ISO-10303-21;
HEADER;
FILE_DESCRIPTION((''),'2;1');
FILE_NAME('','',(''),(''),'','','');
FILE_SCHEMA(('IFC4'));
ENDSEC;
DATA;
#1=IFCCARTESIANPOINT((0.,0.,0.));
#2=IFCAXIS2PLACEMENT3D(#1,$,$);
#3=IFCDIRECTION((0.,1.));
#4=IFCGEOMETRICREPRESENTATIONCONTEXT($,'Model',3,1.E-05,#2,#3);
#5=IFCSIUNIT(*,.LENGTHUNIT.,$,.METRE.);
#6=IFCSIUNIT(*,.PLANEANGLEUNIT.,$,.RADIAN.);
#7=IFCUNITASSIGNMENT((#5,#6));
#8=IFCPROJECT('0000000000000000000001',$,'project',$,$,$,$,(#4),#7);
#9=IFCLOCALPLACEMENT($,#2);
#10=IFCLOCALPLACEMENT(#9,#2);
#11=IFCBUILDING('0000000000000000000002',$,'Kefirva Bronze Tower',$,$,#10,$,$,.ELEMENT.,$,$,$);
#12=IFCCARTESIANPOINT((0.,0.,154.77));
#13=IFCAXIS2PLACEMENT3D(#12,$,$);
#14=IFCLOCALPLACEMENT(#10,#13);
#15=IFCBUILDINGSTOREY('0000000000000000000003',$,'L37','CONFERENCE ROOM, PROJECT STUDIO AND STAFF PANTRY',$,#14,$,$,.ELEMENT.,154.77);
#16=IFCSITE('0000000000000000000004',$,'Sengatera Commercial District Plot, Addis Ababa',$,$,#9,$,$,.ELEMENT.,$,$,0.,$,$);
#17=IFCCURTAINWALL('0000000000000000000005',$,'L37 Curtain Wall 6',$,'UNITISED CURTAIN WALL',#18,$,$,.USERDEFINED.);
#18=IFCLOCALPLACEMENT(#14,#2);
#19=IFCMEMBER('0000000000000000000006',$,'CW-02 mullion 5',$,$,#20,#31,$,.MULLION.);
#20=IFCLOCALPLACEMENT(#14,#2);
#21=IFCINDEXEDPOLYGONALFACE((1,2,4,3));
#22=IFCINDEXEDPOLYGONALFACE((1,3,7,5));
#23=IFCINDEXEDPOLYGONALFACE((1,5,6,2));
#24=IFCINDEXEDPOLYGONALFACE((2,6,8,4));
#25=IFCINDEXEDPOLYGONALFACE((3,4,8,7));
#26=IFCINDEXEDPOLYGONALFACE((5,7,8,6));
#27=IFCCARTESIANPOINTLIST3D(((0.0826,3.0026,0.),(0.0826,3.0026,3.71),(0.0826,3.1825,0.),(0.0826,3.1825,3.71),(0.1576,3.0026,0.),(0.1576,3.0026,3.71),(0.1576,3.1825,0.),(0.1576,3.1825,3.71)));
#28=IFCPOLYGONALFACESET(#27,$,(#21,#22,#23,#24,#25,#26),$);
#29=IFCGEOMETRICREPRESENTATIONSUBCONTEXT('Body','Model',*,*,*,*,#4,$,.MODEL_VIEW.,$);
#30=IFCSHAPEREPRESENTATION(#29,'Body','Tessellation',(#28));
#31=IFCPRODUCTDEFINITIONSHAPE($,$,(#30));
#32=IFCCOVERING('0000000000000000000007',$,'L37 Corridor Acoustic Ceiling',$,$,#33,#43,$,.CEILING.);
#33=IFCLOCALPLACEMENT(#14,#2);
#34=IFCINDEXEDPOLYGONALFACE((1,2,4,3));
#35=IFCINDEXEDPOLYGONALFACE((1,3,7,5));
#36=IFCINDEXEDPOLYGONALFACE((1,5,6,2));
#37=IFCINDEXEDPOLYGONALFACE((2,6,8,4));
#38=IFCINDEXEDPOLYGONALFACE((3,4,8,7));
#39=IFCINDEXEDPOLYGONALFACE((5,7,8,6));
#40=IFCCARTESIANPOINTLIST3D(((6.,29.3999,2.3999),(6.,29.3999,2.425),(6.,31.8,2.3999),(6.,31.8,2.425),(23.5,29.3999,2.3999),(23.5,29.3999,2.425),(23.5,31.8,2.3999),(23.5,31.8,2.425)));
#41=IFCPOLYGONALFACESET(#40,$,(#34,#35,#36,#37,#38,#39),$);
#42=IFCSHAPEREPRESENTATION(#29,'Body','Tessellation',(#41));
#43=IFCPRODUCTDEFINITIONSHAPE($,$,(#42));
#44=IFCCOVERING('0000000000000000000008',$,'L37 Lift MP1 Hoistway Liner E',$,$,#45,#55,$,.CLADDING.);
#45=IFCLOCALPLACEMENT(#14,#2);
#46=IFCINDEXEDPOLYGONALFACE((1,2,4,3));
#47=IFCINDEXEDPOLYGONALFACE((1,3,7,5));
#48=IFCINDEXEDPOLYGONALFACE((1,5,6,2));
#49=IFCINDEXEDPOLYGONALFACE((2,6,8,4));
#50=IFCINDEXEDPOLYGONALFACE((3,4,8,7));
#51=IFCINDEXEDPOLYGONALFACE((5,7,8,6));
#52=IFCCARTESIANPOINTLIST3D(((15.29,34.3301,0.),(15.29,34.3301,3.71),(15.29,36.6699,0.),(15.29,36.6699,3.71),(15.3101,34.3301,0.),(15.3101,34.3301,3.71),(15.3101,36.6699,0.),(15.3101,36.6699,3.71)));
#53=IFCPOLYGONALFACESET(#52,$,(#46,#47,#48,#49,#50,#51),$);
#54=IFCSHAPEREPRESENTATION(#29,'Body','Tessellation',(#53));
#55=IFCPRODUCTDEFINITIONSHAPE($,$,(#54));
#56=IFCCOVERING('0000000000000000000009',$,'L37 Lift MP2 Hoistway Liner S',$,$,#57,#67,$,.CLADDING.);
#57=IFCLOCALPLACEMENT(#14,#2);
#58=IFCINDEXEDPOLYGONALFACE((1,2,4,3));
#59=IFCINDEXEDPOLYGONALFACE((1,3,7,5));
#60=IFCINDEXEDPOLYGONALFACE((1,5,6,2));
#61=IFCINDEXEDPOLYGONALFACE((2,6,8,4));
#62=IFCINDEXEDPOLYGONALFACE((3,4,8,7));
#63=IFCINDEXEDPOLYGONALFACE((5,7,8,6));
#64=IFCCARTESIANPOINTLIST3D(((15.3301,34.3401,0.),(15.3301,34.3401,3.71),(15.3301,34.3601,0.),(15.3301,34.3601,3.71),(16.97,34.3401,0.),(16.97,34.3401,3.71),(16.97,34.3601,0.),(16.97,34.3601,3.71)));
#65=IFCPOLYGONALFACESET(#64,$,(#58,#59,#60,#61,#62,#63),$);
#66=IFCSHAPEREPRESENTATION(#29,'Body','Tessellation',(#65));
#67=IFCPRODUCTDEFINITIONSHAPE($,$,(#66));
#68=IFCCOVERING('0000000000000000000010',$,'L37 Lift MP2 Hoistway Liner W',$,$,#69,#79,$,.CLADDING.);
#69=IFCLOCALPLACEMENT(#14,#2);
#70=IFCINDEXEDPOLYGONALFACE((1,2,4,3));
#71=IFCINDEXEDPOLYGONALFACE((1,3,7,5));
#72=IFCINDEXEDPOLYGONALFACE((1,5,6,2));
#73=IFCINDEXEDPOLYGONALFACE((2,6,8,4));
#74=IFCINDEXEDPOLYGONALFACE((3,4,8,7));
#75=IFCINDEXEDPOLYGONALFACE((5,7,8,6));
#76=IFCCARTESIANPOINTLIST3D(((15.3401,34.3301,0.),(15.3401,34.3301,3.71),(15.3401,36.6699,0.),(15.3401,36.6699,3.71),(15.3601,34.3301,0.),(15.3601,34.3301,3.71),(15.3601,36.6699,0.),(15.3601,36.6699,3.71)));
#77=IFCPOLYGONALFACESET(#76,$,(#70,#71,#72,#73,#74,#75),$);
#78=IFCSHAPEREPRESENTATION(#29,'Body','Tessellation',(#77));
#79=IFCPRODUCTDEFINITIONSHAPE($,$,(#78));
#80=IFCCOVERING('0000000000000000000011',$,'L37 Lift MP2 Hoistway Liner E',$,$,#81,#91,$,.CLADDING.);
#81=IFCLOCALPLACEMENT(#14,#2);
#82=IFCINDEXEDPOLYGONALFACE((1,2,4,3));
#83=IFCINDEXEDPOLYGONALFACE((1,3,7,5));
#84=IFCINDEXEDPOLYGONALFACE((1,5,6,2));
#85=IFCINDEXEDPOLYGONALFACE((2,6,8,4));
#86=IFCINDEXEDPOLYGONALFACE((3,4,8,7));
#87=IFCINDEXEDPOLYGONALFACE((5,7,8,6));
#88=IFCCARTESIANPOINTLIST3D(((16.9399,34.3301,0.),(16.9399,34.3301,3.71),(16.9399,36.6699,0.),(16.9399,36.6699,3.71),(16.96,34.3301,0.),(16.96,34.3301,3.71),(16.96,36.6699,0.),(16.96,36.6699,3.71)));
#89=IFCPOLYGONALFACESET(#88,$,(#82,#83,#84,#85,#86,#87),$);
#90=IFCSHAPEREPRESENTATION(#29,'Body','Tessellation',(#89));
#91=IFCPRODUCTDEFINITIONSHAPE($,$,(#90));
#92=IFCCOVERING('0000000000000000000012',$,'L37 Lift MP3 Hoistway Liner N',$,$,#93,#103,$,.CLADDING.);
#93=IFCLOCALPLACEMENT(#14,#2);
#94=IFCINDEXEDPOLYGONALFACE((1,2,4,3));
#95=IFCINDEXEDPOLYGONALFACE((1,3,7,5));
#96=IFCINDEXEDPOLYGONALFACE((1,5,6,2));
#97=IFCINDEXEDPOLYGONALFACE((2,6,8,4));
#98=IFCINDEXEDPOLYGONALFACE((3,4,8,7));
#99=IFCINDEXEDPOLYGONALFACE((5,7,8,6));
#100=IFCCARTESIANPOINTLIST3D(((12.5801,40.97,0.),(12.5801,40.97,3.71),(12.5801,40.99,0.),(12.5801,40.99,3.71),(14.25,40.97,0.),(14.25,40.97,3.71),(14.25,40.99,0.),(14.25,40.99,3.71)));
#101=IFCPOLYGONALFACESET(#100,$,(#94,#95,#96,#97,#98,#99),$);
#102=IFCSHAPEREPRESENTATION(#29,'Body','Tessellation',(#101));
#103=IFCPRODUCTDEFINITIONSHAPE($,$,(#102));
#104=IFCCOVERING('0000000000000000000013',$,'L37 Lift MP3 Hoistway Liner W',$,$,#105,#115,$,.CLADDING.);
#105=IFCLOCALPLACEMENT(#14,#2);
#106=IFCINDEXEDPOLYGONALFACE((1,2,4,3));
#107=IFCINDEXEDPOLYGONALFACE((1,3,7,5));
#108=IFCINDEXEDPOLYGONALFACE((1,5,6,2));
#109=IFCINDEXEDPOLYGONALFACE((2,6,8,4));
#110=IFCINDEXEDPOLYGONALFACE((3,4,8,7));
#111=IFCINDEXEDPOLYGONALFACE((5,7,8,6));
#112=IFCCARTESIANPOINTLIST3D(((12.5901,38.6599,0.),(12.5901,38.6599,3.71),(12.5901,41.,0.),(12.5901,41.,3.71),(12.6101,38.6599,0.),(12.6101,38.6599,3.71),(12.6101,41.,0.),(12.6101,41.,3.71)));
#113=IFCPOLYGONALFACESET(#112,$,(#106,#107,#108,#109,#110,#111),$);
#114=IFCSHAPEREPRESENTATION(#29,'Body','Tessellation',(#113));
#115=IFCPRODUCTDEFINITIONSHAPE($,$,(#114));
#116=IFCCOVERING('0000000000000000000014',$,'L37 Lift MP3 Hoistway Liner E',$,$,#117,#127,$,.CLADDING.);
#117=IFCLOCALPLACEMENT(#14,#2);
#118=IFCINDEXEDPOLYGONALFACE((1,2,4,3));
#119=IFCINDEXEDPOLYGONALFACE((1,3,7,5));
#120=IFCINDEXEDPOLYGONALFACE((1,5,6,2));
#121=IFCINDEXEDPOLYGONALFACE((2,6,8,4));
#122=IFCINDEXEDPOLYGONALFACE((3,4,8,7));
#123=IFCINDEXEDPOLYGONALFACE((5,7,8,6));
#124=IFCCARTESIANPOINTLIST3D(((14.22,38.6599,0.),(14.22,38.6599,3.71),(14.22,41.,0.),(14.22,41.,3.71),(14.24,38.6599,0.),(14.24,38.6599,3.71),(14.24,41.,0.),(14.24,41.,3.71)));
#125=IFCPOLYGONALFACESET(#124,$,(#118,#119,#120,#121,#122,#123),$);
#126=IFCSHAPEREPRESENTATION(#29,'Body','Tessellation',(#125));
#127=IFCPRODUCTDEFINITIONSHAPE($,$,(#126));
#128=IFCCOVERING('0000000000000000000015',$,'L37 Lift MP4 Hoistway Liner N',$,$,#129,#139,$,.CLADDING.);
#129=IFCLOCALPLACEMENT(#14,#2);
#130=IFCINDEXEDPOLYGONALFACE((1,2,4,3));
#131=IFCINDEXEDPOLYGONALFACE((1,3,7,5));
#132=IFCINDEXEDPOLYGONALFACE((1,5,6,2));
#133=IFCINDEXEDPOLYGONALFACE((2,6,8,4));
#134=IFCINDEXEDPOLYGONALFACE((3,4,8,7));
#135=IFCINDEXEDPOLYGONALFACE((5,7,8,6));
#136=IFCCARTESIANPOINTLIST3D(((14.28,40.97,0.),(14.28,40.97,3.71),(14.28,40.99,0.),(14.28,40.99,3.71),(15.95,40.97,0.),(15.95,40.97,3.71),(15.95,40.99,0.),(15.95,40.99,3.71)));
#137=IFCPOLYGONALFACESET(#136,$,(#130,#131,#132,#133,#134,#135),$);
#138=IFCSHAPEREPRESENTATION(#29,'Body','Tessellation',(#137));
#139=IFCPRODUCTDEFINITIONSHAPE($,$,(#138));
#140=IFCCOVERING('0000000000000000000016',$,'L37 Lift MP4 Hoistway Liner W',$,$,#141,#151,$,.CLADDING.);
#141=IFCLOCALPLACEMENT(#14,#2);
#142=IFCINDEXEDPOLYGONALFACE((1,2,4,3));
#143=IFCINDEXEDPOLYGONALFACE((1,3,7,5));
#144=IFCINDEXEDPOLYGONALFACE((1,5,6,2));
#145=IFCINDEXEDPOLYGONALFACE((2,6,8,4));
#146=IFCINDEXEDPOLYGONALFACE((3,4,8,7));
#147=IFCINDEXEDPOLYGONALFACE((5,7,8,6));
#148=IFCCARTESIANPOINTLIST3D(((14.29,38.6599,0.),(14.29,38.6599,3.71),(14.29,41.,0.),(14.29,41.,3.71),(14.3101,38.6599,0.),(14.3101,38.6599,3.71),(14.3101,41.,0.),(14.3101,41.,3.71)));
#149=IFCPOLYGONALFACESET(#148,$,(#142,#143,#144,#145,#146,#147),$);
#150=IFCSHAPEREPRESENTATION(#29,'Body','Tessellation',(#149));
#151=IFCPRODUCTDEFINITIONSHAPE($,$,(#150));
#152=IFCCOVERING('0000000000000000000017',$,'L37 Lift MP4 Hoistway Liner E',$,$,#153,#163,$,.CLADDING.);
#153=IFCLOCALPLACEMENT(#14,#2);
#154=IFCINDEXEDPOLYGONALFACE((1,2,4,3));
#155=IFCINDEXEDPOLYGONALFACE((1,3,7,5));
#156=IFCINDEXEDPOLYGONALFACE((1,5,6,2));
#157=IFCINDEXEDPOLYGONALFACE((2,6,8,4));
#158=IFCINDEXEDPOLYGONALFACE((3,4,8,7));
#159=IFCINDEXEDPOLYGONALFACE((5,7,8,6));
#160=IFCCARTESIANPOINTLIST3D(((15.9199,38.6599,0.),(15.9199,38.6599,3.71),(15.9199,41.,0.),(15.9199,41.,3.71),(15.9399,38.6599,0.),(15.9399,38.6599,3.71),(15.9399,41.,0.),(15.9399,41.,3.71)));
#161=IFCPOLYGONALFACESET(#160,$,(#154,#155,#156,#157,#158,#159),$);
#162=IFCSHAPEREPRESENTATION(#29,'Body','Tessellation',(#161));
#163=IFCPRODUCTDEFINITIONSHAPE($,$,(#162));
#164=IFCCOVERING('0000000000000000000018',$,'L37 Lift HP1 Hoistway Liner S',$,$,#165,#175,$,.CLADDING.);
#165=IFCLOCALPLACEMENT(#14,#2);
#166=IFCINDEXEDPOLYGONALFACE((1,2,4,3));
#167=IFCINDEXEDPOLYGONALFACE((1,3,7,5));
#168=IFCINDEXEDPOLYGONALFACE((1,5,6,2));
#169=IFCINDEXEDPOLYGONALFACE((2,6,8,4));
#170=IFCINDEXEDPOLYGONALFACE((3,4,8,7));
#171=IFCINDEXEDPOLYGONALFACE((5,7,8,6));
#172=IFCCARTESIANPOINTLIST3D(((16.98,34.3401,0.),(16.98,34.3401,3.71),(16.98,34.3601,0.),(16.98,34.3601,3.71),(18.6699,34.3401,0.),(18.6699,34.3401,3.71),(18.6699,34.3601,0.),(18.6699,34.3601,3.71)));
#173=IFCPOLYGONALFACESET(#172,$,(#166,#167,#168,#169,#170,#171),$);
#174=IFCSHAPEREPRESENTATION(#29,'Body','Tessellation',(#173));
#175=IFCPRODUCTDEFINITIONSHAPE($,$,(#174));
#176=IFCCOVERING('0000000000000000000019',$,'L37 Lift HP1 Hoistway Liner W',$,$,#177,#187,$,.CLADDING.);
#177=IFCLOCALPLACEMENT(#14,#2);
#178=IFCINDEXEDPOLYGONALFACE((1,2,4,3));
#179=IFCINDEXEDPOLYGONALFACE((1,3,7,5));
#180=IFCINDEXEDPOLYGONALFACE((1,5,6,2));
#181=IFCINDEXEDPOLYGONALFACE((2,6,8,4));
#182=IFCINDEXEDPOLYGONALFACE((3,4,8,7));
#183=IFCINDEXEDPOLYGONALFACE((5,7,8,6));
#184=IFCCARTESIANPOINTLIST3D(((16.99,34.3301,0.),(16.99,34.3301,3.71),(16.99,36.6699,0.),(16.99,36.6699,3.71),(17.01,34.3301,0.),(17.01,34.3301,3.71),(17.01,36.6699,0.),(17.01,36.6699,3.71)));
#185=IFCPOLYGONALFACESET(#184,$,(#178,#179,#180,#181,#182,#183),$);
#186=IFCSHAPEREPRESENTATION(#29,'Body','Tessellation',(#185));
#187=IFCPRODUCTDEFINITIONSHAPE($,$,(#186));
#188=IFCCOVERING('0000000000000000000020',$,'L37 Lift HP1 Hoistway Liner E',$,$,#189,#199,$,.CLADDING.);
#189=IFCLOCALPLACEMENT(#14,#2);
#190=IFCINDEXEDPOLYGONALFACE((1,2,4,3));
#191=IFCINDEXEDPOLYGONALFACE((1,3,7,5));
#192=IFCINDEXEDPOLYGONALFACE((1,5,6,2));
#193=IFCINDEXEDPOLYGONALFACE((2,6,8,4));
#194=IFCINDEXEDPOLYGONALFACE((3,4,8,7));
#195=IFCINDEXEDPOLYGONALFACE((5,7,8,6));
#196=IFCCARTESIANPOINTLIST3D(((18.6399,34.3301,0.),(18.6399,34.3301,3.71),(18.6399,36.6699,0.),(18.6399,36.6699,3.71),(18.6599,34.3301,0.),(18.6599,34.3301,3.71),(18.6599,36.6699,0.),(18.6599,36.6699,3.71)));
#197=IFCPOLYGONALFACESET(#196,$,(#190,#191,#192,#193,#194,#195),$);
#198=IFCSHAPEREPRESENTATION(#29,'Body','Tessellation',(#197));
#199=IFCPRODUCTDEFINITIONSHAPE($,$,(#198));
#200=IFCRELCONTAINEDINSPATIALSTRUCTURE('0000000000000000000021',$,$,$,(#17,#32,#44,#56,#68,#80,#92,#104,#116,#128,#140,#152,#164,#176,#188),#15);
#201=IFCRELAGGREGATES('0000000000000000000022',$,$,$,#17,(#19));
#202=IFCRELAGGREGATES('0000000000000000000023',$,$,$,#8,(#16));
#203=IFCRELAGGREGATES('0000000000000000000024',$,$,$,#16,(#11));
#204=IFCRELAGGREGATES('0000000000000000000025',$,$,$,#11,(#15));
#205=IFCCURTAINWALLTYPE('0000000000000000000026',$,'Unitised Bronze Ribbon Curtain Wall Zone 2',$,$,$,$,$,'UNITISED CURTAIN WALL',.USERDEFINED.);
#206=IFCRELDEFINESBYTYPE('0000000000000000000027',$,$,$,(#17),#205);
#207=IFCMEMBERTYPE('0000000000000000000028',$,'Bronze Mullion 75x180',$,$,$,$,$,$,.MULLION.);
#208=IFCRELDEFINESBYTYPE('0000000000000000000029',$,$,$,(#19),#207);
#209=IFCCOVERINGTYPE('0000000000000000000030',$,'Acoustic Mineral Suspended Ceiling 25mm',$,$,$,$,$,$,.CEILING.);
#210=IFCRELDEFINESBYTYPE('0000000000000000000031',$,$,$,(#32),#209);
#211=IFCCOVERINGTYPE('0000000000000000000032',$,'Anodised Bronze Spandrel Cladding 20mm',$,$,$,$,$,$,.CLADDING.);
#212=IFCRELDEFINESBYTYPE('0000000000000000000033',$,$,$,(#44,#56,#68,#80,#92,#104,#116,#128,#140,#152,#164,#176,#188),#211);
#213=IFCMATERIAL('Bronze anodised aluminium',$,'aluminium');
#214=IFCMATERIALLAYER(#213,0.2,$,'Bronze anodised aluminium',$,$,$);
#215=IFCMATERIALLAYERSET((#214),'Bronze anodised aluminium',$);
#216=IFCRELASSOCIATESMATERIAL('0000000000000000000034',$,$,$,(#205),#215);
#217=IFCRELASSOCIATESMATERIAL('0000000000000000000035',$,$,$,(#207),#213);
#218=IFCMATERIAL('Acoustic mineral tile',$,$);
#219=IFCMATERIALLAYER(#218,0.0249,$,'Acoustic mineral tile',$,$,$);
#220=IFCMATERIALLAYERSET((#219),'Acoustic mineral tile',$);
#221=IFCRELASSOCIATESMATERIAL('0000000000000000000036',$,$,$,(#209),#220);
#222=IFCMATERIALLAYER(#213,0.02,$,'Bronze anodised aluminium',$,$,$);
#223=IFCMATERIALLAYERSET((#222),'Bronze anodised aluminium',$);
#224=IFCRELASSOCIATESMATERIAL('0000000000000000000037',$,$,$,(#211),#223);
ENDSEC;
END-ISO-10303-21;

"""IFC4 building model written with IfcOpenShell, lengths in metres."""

from ifc_helpers import new_model, si_unit, direction, frame, origin, origin_2d, place, context, subcontext, project, spatial, polyline, rectangle, outline, extrude, material, layer, layer_set, material_profile, profile_set, type_object, element, aggregate, save


model = new_model("IFC4")

# Units and contexts
model_context = context("Model", 3, precision=1e-05, world=origin(), true_north=direction((0.0, 1.0)))
body_context = subcontext(model_context, "Body", "Model", "MODEL_VIEW")
ifc_project = project(units=[si_unit("LENGTHUNIT", "METRE"), si_unit("PLANEANGLEUNIT", "RADIAN")], contexts=[model_context])

# Site, building, storey
site_placement = place(None, origin())
site = spatial("IfcSite", under=ifc_project, at=site_placement, Name="Sengatera Commercial District Plot, Addis Ababa", CompositionType="ELEMENT", RefElevation=0.0)
building_placement = place(site_placement, origin())
building = spatial("IfcBuilding", under=site, at=building_placement, Name="Kefirva Bronze Tower", CompositionType="ELEMENT")
storey_placement = place(building_placement, frame((0.0, 0.0, 154.77)))
storey = spatial("IfcBuildingStorey", under=building, at=storey_placement, Name="L37", Description="CONFERENCE ROOM, PROJECT STUDIO AND STAFF PANTRY", CompositionType="ELEMENT", Elevation=154.77)

# Curtain wall, member
ifc_material_1 = material(Name="Bronze anodised aluminium", Category="aluminium")
ifc_layer_1 = layer(ifc_material_1, 0.2, Name="Bronze anodised aluminium")
ifc_layer_set_1 = layer_set([ifc_layer_1], Name="Bronze anodised aluminium")
curtain_wall_type = type_object("IfcCurtainWallType", Name="Unitised Bronze Ribbon Curtain Wall Zone 2", ElementType="UNITISED CURTAIN WALL", PredefinedType="USERDEFINED", material=ifc_layer_set_1)
curtain_wall_placement = place(storey_placement, origin())
curtain_wall = element("IfcCurtainWall", 1, at=curtain_wall_placement, inside=storey, type_object=curtain_wall_type, Name="L37 Curtain Wall 6", ObjectType="UNITISED CURTAIN WALL", PredefinedType="USERDEFINED")
ifc_material_profile = material_profile(ifc_material_1, rectangle(XDim=0.075, YDim=0.1799, at=origin_2d()), Name="ALU 75x180")
ifc_profile_set = profile_set([ifc_material_profile], Name="Bronze anodised aluminium")
member_type = type_object("IfcMemberType", Name="Bronze Mullion 75x180", PredefinedType="MULLION", material=ifc_profile_set)
member_placement = place(storey_placement, frame((0.1201, 3.0925, 0.0), z_axis=(0.0, 0.0, 1.0), x_axis=(1.0, 0.0, 0.0)))
member = element("IfcMember", 2, at=member_placement, type_object=member_type, Name="CW-02 mullion 5", PredefinedType="MULLION", context=body_context, shape_type="SweptSolid", body=[
    extrude(rectangle(XDim=0.075, YDim=0.1799, at=origin_2d()), origin(), (0.0, 0.0, 1.0), 3.71),
])
aggregate(curtain_wall, [member])

# Coverings
ifc_material_2 = material(Name="Acoustic mineral tile")
ifc_layer_2 = layer(ifc_material_2, 0.0249, Name="Acoustic mineral tile")
ifc_layer_set_2 = layer_set([ifc_layer_2], Name="Acoustic mineral tile")
covering_type_1 = type_object("IfcCoveringType", Name="Acoustic Mineral Suspended Ceiling 25mm", PredefinedType="CEILING", material=ifc_layer_set_2)
covering_1_placement = place(storey_placement, frame((0.0, 0.0, 2.3999)))
element("IfcCovering", 3, at=covering_1_placement, inside=storey, type_object=covering_type_1, Name="L37 Corridor Acoustic Ceiling", PredefinedType="CEILING", context=body_context, shape_type="SweptSolid", body=[
    extrude(outline(polyline([(6.0, 29.3999), (23.5, 29.3999), (23.5, 31.8), (6.0, 31.8), (6.0, 29.3999)])), origin(), (0.0, 0.0, 1.0), 0.0251),
])
ifc_layer_3 = layer(ifc_material_1, 0.02, Name="Bronze anodised aluminium")
ifc_layer_set_3 = layer_set([ifc_layer_3], Name="Bronze anodised aluminium")
covering_type_2 = type_object("IfcCoveringType", Name="Anodised Bronze Spandrel Cladding 20mm", PredefinedType="CLADDING", material=ifc_layer_set_3)
covering_2_placement = place(storey_placement, origin())
element("IfcCovering", 4, at=covering_2_placement, inside=storey, type_object=covering_type_2, Name="L37 Lift MP1 Hoistway Liner E", PredefinedType="CLADDING", context=body_context, shape_type="SweptSolid", body=[
    extrude(outline(polyline([(15.29, 34.3301), (15.3101, 34.3301), (15.3101, 36.6699), (15.29, 36.6699), (15.29, 34.3301)])), origin(), (0.0, 0.0, 1.0), 3.71),
])
covering_3_placement = place(storey_placement, origin())
element("IfcCovering", 5, at=covering_3_placement, inside=storey, type_object=covering_type_2, Name="L37 Lift MP2 Hoistway Liner S", PredefinedType="CLADDING", context=body_context, shape_type="SweptSolid", body=[
    extrude(outline(polyline([(15.3301, 34.3401), (16.97, 34.3401), (16.97, 34.3601), (15.3301, 34.3601), (15.3301, 34.3401)])), origin(), (0.0, 0.0, 1.0), 3.71),
])
covering_4_placement = place(storey_placement, origin())
element("IfcCovering", 6, at=covering_4_placement, inside=storey, type_object=covering_type_2, Name="L37 Lift MP2 Hoistway Liner W", PredefinedType="CLADDING", context=body_context, shape_type="SweptSolid", body=[
    extrude(outline(polyline([(15.3401, 34.3301), (15.3601, 34.3301), (15.3601, 36.6699), (15.3401, 36.6699), (15.3401, 34.3301)])), origin(), (0.0, 0.0, 1.0), 3.71),
])
covering_5_placement = place(storey_placement, origin())
element("IfcCovering", 7, at=covering_5_placement, inside=storey, type_object=covering_type_2, Name="L37 Lift MP2 Hoistway Liner E", PredefinedType="CLADDING", context=body_context, shape_type="SweptSolid", body=[
    extrude(outline(polyline([(16.9399, 34.3301), (16.96, 34.3301), (16.96, 36.6699), (16.9399, 36.6699), (16.9399, 34.3301)])), origin(), (0.0, 0.0, 1.0), 3.71),
])
covering_6_placement = place(storey_placement, origin())
element("IfcCovering", 8, at=covering_6_placement, inside=storey, type_object=covering_type_2, Name="L37 Lift MP3 Hoistway Liner N", PredefinedType="CLADDING", context=body_context, shape_type="SweptSolid", body=[
    extrude(outline(polyline([(12.5801, 40.97), (14.25, 40.97), (14.25, 40.99), (12.5801, 40.99), (12.5801, 40.97)])), origin(), (0.0, 0.0, 1.0), 3.71),
])
covering_7_placement = place(storey_placement, origin())
element("IfcCovering", 9, at=covering_7_placement, inside=storey, type_object=covering_type_2, Name="L37 Lift MP3 Hoistway Liner W", PredefinedType="CLADDING", context=body_context, shape_type="SweptSolid", body=[
    extrude(outline(polyline([(12.5901, 38.6599), (12.6101, 38.6599), (12.6101, 41.0), (12.5901, 41.0), (12.5901, 38.6599)])), origin(), (0.0, 0.0, 1.0), 3.71),
])
covering_8_placement = place(storey_placement, origin())
element("IfcCovering", 10, at=covering_8_placement, inside=storey, type_object=covering_type_2, Name="L37 Lift MP3 Hoistway Liner E", PredefinedType="CLADDING", context=body_context, shape_type="SweptSolid", body=[
    extrude(outline(polyline([(14.22, 38.6599), (14.24, 38.6599), (14.24, 41.0), (14.22, 41.0), (14.22, 38.6599)])), origin(), (0.0, 0.0, 1.0), 3.71),
])
covering_9_placement = place(storey_placement, origin())
element("IfcCovering", 11, at=covering_9_placement, inside=storey, type_object=covering_type_2, Name="L37 Lift MP4 Hoistway Liner N", PredefinedType="CLADDING", context=body_context, shape_type="SweptSolid", body=[
    extrude(outline(polyline([(14.28, 40.97), (15.95, 40.97), (15.95, 40.99), (14.28, 40.99), (14.28, 40.97)])), origin(), (0.0, 0.0, 1.0), 3.71),
])
covering_10_placement = place(storey_placement, origin())
element("IfcCovering", 12, at=covering_10_placement, inside=storey, type_object=covering_type_2, Name="L37 Lift MP4 Hoistway Liner W", PredefinedType="CLADDING", context=body_context, shape_type="SweptSolid", body=[
    extrude(outline(polyline([(14.29, 38.6599), (14.3101, 38.6599), (14.3101, 41.0), (14.29, 41.0), (14.29, 38.6599)])), origin(), (0.0, 0.0, 1.0), 3.71),
])
covering_11_placement = place(storey_placement, origin())
element("IfcCovering", 13, at=covering_11_placement, inside=storey, type_object=covering_type_2, Name="L37 Lift MP4 Hoistway Liner E", PredefinedType="CLADDING", context=body_context, shape_type="SweptSolid", body=[
    extrude(outline(polyline([(15.9199, 38.6599), (15.9399, 38.6599), (15.9399, 41.0), (15.9199, 41.0), (15.9199, 38.6599)])), origin(), (0.0, 0.0, 1.0), 3.71),
])
covering_12_placement = place(storey_placement, origin())
element("IfcCovering", 14, at=covering_12_placement, inside=storey, type_object=covering_type_2, Name="L37 Lift HP1 Hoistway Liner S", PredefinedType="CLADDING", context=body_context, shape_type="SweptSolid", body=[
    extrude(outline(polyline([(16.98, 34.3401), (18.6699, 34.3401), (18.6699, 34.3601), (16.98, 34.3601), (16.98, 34.3401)])), origin(), (0.0, 0.0, 1.0), 3.71),
])
covering_13_placement = place(storey_placement, origin())
element("IfcCovering", 15, at=covering_13_placement, inside=storey, type_object=covering_type_2, Name="L37 Lift HP1 Hoistway Liner W", PredefinedType="CLADDING", context=body_context, shape_type="SweptSolid", body=[
    extrude(outline(polyline([(16.99, 34.3301), (17.01, 34.3301), (17.01, 36.6699), (16.99, 36.6699), (16.99, 34.3301)])), origin(), (0.0, 0.0, 1.0), 3.71),
])
covering_14_placement = place(storey_placement, origin())
element("IfcCovering", 16, at=covering_14_placement, inside=storey, type_object=covering_type_2, Name="L37 Lift HP1 Hoistway Liner E", PredefinedType="CLADDING", context=body_context, shape_type="SweptSolid", body=[
    extrude(outline(polyline([(18.6399, 34.3301), (18.6599, 34.3301), (18.6599, 36.6699), (18.6399, 36.6699), (18.6399, 34.3301)])), origin(), (0.0, 0.0, 1.0), 3.71),
])

save(model, "model.ifc")
